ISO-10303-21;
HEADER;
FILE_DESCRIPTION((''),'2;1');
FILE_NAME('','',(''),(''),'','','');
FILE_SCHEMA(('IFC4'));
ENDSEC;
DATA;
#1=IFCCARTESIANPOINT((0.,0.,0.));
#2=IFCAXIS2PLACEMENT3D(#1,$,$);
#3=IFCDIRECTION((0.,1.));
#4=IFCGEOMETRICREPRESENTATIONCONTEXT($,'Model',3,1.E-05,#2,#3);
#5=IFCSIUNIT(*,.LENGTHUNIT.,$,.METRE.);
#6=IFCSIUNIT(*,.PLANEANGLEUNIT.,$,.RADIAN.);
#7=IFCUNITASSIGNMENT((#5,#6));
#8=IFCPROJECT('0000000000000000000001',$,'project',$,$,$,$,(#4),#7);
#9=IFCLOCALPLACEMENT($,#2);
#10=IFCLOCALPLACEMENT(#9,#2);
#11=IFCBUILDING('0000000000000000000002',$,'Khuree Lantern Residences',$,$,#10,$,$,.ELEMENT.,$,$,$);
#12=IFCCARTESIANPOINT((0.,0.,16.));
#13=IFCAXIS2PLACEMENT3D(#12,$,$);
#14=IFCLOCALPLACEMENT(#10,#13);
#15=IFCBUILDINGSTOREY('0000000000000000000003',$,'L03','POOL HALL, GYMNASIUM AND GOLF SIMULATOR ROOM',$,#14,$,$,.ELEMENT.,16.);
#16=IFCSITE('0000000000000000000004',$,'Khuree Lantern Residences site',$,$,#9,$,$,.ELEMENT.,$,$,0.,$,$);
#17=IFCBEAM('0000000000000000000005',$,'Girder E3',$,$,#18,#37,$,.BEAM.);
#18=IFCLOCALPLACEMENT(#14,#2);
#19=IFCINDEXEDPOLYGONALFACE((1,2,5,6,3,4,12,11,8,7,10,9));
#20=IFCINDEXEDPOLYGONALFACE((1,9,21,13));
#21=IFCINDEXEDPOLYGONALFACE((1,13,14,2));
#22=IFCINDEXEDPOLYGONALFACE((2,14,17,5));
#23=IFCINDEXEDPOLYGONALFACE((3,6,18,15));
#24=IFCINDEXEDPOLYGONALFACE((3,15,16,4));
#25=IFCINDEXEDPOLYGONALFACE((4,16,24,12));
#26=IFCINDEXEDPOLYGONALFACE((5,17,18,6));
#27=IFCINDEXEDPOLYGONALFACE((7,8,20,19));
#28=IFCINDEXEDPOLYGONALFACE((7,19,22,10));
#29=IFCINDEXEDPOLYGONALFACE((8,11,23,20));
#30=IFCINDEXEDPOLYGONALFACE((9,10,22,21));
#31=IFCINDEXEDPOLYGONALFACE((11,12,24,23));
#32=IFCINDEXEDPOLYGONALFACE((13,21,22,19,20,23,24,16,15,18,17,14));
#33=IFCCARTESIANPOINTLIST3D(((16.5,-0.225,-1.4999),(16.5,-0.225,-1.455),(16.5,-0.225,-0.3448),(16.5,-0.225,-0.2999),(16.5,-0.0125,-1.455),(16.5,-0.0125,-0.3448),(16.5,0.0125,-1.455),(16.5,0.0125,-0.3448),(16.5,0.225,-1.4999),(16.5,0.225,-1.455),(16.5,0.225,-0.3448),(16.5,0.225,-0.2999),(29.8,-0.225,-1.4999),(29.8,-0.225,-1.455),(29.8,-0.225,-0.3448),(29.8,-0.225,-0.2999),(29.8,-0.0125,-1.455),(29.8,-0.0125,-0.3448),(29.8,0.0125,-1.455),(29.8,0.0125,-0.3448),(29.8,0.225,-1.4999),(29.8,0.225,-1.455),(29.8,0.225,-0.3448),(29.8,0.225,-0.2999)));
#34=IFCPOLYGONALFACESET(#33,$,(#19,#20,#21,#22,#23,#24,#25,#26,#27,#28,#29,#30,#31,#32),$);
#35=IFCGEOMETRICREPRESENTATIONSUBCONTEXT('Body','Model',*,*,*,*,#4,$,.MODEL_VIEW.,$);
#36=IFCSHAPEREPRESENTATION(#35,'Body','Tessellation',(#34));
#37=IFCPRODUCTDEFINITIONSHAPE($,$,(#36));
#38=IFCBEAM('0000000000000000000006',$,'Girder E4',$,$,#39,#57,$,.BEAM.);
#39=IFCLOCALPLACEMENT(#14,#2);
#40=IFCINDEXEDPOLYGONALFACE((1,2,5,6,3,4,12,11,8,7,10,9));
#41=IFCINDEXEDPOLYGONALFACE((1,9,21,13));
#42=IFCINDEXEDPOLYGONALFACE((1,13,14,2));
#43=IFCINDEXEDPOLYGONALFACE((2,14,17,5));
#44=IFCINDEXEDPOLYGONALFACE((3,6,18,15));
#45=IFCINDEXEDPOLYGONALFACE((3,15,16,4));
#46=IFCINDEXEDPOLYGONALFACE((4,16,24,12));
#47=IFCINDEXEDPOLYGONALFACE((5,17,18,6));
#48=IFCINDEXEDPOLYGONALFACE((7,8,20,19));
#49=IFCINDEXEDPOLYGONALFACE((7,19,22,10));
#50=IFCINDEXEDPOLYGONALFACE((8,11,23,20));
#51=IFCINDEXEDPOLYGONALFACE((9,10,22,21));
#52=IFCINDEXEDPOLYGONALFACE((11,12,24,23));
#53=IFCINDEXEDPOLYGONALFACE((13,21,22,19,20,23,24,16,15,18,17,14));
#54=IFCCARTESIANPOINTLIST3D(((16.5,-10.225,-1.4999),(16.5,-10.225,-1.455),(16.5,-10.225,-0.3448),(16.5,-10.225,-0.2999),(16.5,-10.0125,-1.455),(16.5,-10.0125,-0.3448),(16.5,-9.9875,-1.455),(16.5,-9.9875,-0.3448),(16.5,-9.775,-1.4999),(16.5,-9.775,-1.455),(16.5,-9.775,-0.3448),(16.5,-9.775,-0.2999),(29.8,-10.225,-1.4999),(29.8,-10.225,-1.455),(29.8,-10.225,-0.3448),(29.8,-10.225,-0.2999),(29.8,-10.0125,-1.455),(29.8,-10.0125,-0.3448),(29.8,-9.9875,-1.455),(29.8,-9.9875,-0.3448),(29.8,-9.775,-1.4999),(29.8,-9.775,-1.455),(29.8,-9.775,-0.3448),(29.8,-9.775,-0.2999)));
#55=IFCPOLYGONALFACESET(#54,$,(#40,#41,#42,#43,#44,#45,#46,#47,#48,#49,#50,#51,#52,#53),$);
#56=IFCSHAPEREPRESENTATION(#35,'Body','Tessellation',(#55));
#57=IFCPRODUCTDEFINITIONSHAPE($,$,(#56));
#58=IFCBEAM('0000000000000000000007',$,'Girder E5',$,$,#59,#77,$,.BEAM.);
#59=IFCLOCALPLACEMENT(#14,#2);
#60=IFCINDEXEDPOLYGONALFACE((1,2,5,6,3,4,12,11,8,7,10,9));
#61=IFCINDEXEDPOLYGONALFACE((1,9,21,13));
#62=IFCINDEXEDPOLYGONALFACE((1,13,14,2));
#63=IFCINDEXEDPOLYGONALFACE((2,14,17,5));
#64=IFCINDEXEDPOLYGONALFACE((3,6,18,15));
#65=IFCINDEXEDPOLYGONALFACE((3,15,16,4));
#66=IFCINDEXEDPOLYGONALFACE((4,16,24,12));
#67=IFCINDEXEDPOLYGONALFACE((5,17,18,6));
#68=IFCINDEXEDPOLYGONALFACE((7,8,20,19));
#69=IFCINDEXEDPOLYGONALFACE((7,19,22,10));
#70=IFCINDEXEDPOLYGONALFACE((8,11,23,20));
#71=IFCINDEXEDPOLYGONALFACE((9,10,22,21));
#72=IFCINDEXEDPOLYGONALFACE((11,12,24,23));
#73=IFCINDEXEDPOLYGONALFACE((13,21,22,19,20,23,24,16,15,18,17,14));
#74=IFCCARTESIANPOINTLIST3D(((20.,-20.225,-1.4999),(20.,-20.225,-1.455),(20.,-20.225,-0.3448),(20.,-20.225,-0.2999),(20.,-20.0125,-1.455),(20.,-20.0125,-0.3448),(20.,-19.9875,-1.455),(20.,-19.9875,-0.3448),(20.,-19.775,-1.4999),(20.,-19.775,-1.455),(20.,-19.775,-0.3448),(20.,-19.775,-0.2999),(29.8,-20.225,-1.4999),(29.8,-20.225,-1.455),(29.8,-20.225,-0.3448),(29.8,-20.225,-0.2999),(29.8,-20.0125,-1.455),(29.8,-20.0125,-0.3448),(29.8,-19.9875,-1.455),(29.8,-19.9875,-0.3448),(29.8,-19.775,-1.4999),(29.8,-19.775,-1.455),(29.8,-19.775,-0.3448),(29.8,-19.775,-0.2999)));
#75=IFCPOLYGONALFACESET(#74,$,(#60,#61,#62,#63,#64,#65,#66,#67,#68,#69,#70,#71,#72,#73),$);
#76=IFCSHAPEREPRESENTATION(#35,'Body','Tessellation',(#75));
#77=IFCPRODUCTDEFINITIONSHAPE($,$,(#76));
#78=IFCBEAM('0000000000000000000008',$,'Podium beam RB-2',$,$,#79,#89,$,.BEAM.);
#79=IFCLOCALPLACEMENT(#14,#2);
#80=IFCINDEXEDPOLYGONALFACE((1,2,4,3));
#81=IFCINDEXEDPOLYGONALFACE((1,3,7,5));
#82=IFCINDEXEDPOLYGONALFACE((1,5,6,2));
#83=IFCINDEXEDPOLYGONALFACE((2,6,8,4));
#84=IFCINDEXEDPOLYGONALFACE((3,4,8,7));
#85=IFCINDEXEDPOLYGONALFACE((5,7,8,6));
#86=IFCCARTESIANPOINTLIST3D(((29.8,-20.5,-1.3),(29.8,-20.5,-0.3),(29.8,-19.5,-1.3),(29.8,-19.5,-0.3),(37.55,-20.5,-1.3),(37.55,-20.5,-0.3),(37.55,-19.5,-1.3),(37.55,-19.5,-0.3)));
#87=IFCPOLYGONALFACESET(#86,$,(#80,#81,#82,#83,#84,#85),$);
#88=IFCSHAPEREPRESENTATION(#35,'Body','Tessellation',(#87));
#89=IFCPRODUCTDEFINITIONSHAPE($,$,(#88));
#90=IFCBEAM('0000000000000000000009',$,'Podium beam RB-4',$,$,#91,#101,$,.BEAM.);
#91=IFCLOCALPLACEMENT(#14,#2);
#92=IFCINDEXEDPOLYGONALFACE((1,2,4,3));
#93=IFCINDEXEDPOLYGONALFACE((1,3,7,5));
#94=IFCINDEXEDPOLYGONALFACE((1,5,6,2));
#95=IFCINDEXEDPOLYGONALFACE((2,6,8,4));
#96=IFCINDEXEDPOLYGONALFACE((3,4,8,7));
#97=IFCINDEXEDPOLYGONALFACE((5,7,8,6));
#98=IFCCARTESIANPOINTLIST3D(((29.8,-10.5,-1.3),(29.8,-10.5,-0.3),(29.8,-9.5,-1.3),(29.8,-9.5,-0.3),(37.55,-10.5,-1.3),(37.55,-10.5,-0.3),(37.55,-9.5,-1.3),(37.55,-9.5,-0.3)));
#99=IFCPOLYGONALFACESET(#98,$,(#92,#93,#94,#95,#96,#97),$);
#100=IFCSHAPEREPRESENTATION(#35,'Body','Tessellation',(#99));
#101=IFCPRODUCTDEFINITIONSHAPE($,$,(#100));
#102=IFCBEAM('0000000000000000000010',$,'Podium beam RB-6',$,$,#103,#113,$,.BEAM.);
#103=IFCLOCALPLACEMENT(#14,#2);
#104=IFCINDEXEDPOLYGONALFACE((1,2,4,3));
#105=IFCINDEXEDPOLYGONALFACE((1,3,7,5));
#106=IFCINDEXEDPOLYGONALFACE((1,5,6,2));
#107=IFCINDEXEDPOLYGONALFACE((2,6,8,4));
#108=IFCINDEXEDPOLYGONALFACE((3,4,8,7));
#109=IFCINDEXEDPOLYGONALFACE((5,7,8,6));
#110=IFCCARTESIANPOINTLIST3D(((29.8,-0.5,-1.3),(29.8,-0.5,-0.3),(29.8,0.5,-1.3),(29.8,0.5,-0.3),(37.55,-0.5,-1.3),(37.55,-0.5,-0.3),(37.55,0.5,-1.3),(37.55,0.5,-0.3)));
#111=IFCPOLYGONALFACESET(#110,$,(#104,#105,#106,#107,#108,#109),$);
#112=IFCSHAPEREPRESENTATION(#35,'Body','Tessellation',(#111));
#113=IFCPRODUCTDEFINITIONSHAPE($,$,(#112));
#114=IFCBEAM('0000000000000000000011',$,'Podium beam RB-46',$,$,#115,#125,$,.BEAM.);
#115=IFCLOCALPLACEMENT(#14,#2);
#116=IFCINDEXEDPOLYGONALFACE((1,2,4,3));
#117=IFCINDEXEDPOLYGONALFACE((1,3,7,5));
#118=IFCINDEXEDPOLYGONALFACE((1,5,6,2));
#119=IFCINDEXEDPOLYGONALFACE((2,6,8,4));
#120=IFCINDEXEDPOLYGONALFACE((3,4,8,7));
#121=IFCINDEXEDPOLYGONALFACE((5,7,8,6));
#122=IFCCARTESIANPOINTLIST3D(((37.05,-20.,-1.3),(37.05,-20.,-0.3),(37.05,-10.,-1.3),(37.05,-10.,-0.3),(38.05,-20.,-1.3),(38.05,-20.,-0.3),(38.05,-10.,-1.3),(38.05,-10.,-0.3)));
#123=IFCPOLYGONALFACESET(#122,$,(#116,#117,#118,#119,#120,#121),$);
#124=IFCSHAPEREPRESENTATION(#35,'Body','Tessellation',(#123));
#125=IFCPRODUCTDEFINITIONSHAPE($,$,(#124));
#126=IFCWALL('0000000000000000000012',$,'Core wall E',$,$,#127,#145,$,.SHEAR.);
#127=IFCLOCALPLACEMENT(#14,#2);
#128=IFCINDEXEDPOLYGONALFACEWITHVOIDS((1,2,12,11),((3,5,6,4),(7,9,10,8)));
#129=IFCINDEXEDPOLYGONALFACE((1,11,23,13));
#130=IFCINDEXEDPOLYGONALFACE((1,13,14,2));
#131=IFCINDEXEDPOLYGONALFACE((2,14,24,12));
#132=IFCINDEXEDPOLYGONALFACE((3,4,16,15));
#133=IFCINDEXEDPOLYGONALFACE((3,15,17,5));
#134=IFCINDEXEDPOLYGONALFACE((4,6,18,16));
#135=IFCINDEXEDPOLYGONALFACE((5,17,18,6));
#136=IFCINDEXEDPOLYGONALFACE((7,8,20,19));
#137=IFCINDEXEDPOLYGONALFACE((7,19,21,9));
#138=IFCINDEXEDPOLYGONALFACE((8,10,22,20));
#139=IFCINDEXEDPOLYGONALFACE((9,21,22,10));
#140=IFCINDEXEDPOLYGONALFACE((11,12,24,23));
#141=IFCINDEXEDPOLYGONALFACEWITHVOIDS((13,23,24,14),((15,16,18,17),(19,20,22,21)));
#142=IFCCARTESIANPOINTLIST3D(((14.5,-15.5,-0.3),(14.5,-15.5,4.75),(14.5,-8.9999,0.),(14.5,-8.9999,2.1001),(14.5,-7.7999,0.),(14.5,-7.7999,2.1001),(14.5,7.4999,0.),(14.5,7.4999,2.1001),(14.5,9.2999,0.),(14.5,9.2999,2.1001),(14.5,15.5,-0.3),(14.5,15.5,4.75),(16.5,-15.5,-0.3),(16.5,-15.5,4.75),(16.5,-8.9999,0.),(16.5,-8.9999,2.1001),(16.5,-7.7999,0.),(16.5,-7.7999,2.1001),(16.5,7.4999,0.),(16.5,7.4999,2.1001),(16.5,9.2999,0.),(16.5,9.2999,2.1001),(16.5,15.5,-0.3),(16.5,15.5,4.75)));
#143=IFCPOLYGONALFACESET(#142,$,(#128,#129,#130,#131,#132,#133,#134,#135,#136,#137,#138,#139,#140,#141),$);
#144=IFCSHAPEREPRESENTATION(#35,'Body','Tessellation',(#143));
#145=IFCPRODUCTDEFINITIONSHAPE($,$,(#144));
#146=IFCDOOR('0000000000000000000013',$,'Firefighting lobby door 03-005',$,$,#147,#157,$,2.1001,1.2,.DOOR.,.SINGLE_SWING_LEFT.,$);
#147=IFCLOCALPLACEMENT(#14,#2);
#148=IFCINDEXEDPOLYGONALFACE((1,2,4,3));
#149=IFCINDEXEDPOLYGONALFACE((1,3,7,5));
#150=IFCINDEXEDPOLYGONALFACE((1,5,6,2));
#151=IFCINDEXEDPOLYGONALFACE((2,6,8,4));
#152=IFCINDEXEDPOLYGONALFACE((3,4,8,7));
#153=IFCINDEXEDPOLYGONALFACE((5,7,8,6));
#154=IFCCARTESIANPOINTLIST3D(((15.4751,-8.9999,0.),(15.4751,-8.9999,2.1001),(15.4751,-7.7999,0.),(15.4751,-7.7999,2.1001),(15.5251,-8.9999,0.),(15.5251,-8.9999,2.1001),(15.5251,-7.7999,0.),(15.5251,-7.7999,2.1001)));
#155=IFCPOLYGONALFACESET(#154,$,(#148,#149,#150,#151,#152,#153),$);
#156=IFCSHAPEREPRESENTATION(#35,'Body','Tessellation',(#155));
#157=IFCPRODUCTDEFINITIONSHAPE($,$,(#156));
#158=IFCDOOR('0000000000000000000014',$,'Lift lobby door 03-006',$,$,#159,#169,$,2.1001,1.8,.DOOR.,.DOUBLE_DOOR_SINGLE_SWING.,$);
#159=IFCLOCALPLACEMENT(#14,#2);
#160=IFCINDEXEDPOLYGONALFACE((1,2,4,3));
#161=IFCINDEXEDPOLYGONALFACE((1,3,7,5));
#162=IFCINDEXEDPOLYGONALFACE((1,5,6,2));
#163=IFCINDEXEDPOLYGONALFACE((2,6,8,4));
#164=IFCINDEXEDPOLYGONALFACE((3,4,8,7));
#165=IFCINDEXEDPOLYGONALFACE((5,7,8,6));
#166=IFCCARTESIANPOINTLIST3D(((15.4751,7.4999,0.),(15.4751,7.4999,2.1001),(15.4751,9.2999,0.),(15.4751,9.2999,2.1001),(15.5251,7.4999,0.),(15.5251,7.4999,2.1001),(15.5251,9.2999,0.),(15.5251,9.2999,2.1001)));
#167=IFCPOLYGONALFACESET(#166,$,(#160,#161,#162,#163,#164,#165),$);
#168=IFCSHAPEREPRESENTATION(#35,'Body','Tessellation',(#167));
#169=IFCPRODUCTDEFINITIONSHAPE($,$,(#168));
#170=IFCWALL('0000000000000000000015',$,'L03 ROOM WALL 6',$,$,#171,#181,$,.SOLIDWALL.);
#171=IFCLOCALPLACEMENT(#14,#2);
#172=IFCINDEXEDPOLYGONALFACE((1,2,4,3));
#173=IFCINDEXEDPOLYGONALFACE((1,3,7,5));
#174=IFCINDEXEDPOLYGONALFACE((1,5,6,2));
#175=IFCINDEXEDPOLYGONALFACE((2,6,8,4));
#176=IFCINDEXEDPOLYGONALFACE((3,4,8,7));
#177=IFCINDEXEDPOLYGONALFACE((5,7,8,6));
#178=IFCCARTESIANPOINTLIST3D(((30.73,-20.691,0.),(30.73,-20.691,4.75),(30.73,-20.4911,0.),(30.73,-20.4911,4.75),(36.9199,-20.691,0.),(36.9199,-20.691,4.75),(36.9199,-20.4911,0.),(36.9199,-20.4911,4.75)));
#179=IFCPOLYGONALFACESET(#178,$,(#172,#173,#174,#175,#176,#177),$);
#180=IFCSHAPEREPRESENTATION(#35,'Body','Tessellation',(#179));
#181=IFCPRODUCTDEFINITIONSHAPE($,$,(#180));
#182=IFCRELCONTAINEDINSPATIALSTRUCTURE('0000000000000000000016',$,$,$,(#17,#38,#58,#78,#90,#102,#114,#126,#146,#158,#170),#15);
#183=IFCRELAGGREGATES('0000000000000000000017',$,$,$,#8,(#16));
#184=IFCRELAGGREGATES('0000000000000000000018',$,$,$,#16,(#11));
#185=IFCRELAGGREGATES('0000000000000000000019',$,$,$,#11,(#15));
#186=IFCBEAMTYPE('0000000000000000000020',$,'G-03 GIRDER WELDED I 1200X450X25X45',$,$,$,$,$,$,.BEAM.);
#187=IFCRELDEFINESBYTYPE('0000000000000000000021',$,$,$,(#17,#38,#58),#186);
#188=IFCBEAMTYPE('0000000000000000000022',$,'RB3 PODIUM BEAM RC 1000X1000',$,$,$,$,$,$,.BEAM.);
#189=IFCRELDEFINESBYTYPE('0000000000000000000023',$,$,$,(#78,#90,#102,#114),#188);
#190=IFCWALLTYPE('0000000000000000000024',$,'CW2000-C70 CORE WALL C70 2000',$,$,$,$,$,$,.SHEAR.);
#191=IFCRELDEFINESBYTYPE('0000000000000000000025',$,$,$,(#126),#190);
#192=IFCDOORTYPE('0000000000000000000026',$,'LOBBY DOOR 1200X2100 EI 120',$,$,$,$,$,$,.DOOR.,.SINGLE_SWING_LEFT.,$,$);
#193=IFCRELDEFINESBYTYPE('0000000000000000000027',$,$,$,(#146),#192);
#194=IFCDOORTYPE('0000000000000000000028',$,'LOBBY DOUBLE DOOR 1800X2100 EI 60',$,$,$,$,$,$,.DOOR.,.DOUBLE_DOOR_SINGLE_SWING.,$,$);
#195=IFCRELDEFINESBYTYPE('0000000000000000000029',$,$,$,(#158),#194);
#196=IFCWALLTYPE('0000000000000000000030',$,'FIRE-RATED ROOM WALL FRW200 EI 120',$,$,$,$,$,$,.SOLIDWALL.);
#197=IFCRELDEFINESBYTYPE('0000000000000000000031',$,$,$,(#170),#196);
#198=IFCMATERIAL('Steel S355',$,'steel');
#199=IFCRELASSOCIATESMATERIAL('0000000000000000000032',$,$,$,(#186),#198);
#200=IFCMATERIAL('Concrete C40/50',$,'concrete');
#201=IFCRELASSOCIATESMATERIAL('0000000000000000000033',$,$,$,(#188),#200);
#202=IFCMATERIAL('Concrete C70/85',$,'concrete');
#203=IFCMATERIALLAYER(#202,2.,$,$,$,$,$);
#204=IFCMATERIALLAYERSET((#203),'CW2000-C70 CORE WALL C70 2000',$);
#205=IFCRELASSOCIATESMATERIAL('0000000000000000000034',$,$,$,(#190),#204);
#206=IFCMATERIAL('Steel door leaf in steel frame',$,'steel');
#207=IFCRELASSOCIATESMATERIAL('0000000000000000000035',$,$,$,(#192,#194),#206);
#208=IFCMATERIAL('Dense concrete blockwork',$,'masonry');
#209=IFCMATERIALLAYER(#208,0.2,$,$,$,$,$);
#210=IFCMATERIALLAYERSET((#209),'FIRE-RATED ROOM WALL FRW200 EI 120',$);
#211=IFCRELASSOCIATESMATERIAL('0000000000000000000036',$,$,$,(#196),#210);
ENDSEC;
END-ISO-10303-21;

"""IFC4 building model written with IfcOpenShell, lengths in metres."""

from ifc_helpers import new_model, si_unit, direction, frame, frame_2d, origin, origin_2d, place, context, subcontext, project, spatial, rectangle, i_section, extrude, material, layer, layer_set, material_profile, profile_set, type_object, element, fill, save


model = new_model("IFC4")

# Units and contexts
model_context = context("Model", 3, precision=1e-05, world=origin(), true_north=direction((0.0, 1.0)))
body_context = subcontext(model_context, "Body", "Model", "MODEL_VIEW")
ifc_project = project(units=[si_unit("LENGTHUNIT", "METRE"), si_unit("PLANEANGLEUNIT", "RADIAN")], contexts=[model_context])

# Site, building, storey
site_placement = place(None, origin())
site = spatial("IfcSite", under=ifc_project, at=site_placement, Name="Khuree Lantern Residences site", CompositionType="ELEMENT", RefElevation=0.0)
building_placement = place(site_placement, origin())
building = spatial("IfcBuilding", under=site, at=building_placement, Name="Khuree Lantern Residences", CompositionType="ELEMENT")
storey_placement = place(building_placement, frame((0.0, 0.0, 16.0)))
storey = spatial("IfcBuildingStorey", under=building, at=storey_placement, Name="L03", Description="POOL HALL, GYMNASIUM AND GOLF SIMULATOR ROOM", CompositionType="ELEMENT", Elevation=16.0)

# Shared definitions
ifc_material_1 = material(Name="Concrete C70/85", Category="concrete")

# Beams
ifc_material_2 = material(Name="Steel S355", Category="steel")
ifc_material_profile_1 = material_profile(ifc_material_2, i_section(OverallWidth=0.45, OverallDepth=1.2, WebThickness=0.0249, FlangeThickness=0.0449, at=origin_2d()), Name="WELDED I 1200X450X25X45")
ifc_profile_set_1 = profile_set([ifc_material_profile_1], Name="Steel S355")
beam_type_1 = type_object("IfcBeamType", Name="G-03 GIRDER WELDED I 1200X450X25X45", PredefinedType="BEAM", material=ifc_profile_set_1)
for number, where, z_axis, x_axis, name in (
    (1, (29.8, 0.0, -0.8999), (-1.0, 0.0, 0.0), (0.0, -1.0, 0.0), "Girder E3"),
    (2, (29.8, -10.0, -0.8999), (-1.0, 0.0, 0.0), (0.0, -1.0, 0.0), "Girder E4"),
):
    element("IfcBeam", number, at=place(storey_placement, frame(where, z_axis=z_axis, x_axis=x_axis)), inside=storey, type_object=beam_type_1, Name=name, PredefinedType="BEAM", context=body_context, shape_type="SweptSolid", body=[
        extrude(i_section(OverallWidth=0.45, OverallDepth=1.2, WebThickness=0.0249, FlangeThickness=0.0449, at=origin_2d()), origin(), (0.0, 0.0, 1.0), 13.3),
    ])
beam_1_placement = place(storey_placement, frame((29.8, -20.0, -0.8999), z_axis=(-1.0, 0.0, 0.0), x_axis=(0.0, -1.0, 0.0)))
element("IfcBeam", 3, at=beam_1_placement, inside=storey, type_object=beam_type_1, Name="Girder E5", PredefinedType="BEAM", context=body_context, shape_type="SweptSolid", body=[
    extrude(i_section(OverallWidth=0.45, OverallDepth=1.2, WebThickness=0.0249, FlangeThickness=0.0449, at=origin_2d()), origin(), (0.0, 0.0, 1.0), 9.8),
])
ifc_material_3 = material(Name="Concrete C40/50", Category="concrete")
ifc_material_profile_2 = material_profile(ifc_material_3, rectangle(XDim=1.0, YDim=1.0, at=origin_2d()), Name="RC 1000X1000")
ifc_profile_set_2 = profile_set([ifc_material_profile_2], Name="Concrete C40/50")
beam_type_2 = type_object("IfcBeamType", Name="RB3 PODIUM BEAM RC 1000X1000", PredefinedType="BEAM", material=ifc_profile_set_2)
for number, where, z_axis, x_axis, name in (
    (4, (29.8, -20.0, -0.8), (1.0, 0.0, 0.0), (0.0, 1.0, 0.0), "Podium beam RB-2"),
    (5, (29.8, -10.0, -0.8), (1.0, 0.0, 0.0), (0.0, 1.0, 0.0), "Podium beam RB-4"),
    (6, (29.8, 0.0, -0.8), (1.0, 0.0, 0.0), (0.0, 1.0, 0.0), "Podium beam RB-6"),
):
    element("IfcBeam", number, at=place(storey_placement, frame(where, z_axis=z_axis, x_axis=x_axis)), inside=storey, type_object=beam_type_2, Name=name, PredefinedType="BEAM", context=body_context, shape_type="SweptSolid", body=[
        extrude(rectangle(XDim=1.0, YDim=1.0, at=origin_2d()), origin(), (0.0, 0.0, 1.0), 7.75),
    ])
beam_2_placement = place(storey_placement, frame((37.55, -20.0, -0.8), z_axis=(0.0, 1.0, 0.0), x_axis=(-1.0, 0.0, 0.0)))
element("IfcBeam", 7, at=beam_2_placement, inside=storey, type_object=beam_type_2, Name="Podium beam RB-46", PredefinedType="BEAM", context=body_context, shape_type="SweptSolid", body=[
    extrude(rectangle(XDim=1.0, YDim=1.0, at=origin_2d()), origin(), (0.0, 0.0, 1.0), 10.0),
])

# Wall, openings, doors
ifc_layer_1 = layer(ifc_material_1, 2.0)
ifc_layer_set_1 = layer_set([ifc_layer_1], Name="CW2000-C70 CORE WALL C70 2000")
wall_type_1 = type_object("IfcWallType", Name="CW2000-C70 CORE WALL C70 2000", PredefinedType="SHEAR", material=ifc_layer_set_1)
wall_1_placement = place(storey_placement, frame((15.5, -15.5, -0.3), z_axis=(0.0, 0.0, 1.0), x_axis=(0.0, 1.0, 0.0)))
wall_1 = element("IfcWall", 8, at=wall_1_placement, inside=storey, type_object=wall_type_1, Name="Core wall E", PredefinedType="SHEAR", context=body_context, shape_type="SweptSolid", body=[
    extrude(rectangle(XDim=31.0, YDim=2.0, at=frame_2d((15.5, 0.0))), origin(), (0.0, 0.0, 1.0), 5.05),
])
opening_1_placement = place(wall_1_placement, frame((6.5, 0.0, 0.3)))
opening_1 = element("IfcOpeningElement", 9, at=opening_1_placement, cuts=wall_1, PredefinedType="OPENING", context=body_context, shape_type="SweptSolid", body=[
    extrude(rectangle(XDim=1.2, YDim=2.1001, at=frame_2d((0.6001, 1.05))), frame((0.0, 1.01, 0.0), z_axis=(0.0, -1.0, 0.0), x_axis=(1.0, 0.0, 0.0)), (0.0, 0.0, 1.0), 2.02),
])
opening_2_placement = place(wall_1_placement, frame((23.0, 0.0, 0.3)))
opening_2 = element("IfcOpeningElement", 10, at=opening_2_placement, cuts=wall_1, PredefinedType="OPENING", context=body_context, shape_type="SweptSolid", body=[
    extrude(rectangle(XDim=1.8, YDim=2.1001, at=frame_2d((0.8999, 1.05))), frame((0.0, 1.01, 0.0), z_axis=(0.0, -1.0, 0.0), x_axis=(1.0, 0.0, 0.0)), (0.0, 0.0, 1.0), 2.02),
])
ifc_material_4 = material(Name="Steel door leaf in steel frame", Category="steel")
door_type_1 = type_object("IfcDoorType", Name="LOBBY DOOR 1200X2100 EI 120", OperationType="SINGLE_SWING_LEFT", PredefinedType="DOOR", material=ifc_material_4)
door_1_placement = place(opening_1_placement, origin())
door_1 = element("IfcDoor", 11, at=door_1_placement, inside=storey, type_object=door_type_1, Name="Firefighting lobby door 03-005", OperationType="SINGLE_SWING_LEFT", OverallHeight=2.1001, OverallWidth=1.2, PredefinedType="DOOR", context=body_context, shape_type="SweptSolid", body=[
    extrude(rectangle(XDim=1.2, YDim=2.1001, at=frame_2d((0.6001, 1.05))), frame((0.0, 0.0249, 0.0), z_axis=(0.0, -1.0, 0.0), x_axis=(1.0, 0.0, 0.0)), (0.0, 0.0, 1.0), 0.05),
])
fill(opening_1, door_1)
door_type_2 = type_object("IfcDoorType", Name="LOBBY DOUBLE DOOR 1800X2100 EI 60", OperationType="DOUBLE_DOOR_SINGLE_SWING", PredefinedType="DOOR", material=ifc_material_4)
door_2_placement = place(opening_2_placement, origin())
door_2 = element("IfcDoor", 12, at=door_2_placement, inside=storey, type_object=door_type_2, Name="Lift lobby door 03-006", OperationType="DOUBLE_DOOR_SINGLE_SWING", OverallHeight=2.1001, OverallWidth=1.8, PredefinedType="DOOR", context=body_context, shape_type="SweptSolid", body=[
    extrude(rectangle(XDim=1.8, YDim=2.1001, at=frame_2d((0.8999, 1.05))), frame((0.0, 0.0249, 0.0), z_axis=(0.0, -1.0, 0.0), x_axis=(1.0, 0.0, 0.0)), (0.0, 0.0, 1.0), 0.05),
])
fill(opening_2, door_2)

# Wall
ifc_material_5 = material(Name="Dense concrete blockwork", Category="masonry")
ifc_layer_2 = layer(ifc_material_5, 0.2)
ifc_layer_set_2 = layer_set([ifc_layer_2], Name="FIRE-RATED ROOM WALL FRW200 EI 120")
wall_type_2 = type_object("IfcWallType", Name="FIRE-RATED ROOM WALL FRW200 EI 120", PredefinedType="SOLIDWALL", material=ifc_layer_set_2)
wall_2_placement = place(storey_placement, frame((30.73, -20.5911, 0.0), z_axis=(0.0, 0.0, 1.0), x_axis=(1.0, 0.0, 0.0)))
element("IfcWall", 13, at=wall_2_placement, inside=storey, type_object=wall_type_2, Name="L03 ROOM WALL 6", PredefinedType="SOLIDWALL", context=body_context, shape_type="SweptSolid", body=[
    extrude(rectangle(XDim=6.1899, YDim=0.2, at=frame_2d((3.095, 0.0))), origin(), (0.0, 0.0, 1.0), 4.75),
])

save(model, "model.ifc")
